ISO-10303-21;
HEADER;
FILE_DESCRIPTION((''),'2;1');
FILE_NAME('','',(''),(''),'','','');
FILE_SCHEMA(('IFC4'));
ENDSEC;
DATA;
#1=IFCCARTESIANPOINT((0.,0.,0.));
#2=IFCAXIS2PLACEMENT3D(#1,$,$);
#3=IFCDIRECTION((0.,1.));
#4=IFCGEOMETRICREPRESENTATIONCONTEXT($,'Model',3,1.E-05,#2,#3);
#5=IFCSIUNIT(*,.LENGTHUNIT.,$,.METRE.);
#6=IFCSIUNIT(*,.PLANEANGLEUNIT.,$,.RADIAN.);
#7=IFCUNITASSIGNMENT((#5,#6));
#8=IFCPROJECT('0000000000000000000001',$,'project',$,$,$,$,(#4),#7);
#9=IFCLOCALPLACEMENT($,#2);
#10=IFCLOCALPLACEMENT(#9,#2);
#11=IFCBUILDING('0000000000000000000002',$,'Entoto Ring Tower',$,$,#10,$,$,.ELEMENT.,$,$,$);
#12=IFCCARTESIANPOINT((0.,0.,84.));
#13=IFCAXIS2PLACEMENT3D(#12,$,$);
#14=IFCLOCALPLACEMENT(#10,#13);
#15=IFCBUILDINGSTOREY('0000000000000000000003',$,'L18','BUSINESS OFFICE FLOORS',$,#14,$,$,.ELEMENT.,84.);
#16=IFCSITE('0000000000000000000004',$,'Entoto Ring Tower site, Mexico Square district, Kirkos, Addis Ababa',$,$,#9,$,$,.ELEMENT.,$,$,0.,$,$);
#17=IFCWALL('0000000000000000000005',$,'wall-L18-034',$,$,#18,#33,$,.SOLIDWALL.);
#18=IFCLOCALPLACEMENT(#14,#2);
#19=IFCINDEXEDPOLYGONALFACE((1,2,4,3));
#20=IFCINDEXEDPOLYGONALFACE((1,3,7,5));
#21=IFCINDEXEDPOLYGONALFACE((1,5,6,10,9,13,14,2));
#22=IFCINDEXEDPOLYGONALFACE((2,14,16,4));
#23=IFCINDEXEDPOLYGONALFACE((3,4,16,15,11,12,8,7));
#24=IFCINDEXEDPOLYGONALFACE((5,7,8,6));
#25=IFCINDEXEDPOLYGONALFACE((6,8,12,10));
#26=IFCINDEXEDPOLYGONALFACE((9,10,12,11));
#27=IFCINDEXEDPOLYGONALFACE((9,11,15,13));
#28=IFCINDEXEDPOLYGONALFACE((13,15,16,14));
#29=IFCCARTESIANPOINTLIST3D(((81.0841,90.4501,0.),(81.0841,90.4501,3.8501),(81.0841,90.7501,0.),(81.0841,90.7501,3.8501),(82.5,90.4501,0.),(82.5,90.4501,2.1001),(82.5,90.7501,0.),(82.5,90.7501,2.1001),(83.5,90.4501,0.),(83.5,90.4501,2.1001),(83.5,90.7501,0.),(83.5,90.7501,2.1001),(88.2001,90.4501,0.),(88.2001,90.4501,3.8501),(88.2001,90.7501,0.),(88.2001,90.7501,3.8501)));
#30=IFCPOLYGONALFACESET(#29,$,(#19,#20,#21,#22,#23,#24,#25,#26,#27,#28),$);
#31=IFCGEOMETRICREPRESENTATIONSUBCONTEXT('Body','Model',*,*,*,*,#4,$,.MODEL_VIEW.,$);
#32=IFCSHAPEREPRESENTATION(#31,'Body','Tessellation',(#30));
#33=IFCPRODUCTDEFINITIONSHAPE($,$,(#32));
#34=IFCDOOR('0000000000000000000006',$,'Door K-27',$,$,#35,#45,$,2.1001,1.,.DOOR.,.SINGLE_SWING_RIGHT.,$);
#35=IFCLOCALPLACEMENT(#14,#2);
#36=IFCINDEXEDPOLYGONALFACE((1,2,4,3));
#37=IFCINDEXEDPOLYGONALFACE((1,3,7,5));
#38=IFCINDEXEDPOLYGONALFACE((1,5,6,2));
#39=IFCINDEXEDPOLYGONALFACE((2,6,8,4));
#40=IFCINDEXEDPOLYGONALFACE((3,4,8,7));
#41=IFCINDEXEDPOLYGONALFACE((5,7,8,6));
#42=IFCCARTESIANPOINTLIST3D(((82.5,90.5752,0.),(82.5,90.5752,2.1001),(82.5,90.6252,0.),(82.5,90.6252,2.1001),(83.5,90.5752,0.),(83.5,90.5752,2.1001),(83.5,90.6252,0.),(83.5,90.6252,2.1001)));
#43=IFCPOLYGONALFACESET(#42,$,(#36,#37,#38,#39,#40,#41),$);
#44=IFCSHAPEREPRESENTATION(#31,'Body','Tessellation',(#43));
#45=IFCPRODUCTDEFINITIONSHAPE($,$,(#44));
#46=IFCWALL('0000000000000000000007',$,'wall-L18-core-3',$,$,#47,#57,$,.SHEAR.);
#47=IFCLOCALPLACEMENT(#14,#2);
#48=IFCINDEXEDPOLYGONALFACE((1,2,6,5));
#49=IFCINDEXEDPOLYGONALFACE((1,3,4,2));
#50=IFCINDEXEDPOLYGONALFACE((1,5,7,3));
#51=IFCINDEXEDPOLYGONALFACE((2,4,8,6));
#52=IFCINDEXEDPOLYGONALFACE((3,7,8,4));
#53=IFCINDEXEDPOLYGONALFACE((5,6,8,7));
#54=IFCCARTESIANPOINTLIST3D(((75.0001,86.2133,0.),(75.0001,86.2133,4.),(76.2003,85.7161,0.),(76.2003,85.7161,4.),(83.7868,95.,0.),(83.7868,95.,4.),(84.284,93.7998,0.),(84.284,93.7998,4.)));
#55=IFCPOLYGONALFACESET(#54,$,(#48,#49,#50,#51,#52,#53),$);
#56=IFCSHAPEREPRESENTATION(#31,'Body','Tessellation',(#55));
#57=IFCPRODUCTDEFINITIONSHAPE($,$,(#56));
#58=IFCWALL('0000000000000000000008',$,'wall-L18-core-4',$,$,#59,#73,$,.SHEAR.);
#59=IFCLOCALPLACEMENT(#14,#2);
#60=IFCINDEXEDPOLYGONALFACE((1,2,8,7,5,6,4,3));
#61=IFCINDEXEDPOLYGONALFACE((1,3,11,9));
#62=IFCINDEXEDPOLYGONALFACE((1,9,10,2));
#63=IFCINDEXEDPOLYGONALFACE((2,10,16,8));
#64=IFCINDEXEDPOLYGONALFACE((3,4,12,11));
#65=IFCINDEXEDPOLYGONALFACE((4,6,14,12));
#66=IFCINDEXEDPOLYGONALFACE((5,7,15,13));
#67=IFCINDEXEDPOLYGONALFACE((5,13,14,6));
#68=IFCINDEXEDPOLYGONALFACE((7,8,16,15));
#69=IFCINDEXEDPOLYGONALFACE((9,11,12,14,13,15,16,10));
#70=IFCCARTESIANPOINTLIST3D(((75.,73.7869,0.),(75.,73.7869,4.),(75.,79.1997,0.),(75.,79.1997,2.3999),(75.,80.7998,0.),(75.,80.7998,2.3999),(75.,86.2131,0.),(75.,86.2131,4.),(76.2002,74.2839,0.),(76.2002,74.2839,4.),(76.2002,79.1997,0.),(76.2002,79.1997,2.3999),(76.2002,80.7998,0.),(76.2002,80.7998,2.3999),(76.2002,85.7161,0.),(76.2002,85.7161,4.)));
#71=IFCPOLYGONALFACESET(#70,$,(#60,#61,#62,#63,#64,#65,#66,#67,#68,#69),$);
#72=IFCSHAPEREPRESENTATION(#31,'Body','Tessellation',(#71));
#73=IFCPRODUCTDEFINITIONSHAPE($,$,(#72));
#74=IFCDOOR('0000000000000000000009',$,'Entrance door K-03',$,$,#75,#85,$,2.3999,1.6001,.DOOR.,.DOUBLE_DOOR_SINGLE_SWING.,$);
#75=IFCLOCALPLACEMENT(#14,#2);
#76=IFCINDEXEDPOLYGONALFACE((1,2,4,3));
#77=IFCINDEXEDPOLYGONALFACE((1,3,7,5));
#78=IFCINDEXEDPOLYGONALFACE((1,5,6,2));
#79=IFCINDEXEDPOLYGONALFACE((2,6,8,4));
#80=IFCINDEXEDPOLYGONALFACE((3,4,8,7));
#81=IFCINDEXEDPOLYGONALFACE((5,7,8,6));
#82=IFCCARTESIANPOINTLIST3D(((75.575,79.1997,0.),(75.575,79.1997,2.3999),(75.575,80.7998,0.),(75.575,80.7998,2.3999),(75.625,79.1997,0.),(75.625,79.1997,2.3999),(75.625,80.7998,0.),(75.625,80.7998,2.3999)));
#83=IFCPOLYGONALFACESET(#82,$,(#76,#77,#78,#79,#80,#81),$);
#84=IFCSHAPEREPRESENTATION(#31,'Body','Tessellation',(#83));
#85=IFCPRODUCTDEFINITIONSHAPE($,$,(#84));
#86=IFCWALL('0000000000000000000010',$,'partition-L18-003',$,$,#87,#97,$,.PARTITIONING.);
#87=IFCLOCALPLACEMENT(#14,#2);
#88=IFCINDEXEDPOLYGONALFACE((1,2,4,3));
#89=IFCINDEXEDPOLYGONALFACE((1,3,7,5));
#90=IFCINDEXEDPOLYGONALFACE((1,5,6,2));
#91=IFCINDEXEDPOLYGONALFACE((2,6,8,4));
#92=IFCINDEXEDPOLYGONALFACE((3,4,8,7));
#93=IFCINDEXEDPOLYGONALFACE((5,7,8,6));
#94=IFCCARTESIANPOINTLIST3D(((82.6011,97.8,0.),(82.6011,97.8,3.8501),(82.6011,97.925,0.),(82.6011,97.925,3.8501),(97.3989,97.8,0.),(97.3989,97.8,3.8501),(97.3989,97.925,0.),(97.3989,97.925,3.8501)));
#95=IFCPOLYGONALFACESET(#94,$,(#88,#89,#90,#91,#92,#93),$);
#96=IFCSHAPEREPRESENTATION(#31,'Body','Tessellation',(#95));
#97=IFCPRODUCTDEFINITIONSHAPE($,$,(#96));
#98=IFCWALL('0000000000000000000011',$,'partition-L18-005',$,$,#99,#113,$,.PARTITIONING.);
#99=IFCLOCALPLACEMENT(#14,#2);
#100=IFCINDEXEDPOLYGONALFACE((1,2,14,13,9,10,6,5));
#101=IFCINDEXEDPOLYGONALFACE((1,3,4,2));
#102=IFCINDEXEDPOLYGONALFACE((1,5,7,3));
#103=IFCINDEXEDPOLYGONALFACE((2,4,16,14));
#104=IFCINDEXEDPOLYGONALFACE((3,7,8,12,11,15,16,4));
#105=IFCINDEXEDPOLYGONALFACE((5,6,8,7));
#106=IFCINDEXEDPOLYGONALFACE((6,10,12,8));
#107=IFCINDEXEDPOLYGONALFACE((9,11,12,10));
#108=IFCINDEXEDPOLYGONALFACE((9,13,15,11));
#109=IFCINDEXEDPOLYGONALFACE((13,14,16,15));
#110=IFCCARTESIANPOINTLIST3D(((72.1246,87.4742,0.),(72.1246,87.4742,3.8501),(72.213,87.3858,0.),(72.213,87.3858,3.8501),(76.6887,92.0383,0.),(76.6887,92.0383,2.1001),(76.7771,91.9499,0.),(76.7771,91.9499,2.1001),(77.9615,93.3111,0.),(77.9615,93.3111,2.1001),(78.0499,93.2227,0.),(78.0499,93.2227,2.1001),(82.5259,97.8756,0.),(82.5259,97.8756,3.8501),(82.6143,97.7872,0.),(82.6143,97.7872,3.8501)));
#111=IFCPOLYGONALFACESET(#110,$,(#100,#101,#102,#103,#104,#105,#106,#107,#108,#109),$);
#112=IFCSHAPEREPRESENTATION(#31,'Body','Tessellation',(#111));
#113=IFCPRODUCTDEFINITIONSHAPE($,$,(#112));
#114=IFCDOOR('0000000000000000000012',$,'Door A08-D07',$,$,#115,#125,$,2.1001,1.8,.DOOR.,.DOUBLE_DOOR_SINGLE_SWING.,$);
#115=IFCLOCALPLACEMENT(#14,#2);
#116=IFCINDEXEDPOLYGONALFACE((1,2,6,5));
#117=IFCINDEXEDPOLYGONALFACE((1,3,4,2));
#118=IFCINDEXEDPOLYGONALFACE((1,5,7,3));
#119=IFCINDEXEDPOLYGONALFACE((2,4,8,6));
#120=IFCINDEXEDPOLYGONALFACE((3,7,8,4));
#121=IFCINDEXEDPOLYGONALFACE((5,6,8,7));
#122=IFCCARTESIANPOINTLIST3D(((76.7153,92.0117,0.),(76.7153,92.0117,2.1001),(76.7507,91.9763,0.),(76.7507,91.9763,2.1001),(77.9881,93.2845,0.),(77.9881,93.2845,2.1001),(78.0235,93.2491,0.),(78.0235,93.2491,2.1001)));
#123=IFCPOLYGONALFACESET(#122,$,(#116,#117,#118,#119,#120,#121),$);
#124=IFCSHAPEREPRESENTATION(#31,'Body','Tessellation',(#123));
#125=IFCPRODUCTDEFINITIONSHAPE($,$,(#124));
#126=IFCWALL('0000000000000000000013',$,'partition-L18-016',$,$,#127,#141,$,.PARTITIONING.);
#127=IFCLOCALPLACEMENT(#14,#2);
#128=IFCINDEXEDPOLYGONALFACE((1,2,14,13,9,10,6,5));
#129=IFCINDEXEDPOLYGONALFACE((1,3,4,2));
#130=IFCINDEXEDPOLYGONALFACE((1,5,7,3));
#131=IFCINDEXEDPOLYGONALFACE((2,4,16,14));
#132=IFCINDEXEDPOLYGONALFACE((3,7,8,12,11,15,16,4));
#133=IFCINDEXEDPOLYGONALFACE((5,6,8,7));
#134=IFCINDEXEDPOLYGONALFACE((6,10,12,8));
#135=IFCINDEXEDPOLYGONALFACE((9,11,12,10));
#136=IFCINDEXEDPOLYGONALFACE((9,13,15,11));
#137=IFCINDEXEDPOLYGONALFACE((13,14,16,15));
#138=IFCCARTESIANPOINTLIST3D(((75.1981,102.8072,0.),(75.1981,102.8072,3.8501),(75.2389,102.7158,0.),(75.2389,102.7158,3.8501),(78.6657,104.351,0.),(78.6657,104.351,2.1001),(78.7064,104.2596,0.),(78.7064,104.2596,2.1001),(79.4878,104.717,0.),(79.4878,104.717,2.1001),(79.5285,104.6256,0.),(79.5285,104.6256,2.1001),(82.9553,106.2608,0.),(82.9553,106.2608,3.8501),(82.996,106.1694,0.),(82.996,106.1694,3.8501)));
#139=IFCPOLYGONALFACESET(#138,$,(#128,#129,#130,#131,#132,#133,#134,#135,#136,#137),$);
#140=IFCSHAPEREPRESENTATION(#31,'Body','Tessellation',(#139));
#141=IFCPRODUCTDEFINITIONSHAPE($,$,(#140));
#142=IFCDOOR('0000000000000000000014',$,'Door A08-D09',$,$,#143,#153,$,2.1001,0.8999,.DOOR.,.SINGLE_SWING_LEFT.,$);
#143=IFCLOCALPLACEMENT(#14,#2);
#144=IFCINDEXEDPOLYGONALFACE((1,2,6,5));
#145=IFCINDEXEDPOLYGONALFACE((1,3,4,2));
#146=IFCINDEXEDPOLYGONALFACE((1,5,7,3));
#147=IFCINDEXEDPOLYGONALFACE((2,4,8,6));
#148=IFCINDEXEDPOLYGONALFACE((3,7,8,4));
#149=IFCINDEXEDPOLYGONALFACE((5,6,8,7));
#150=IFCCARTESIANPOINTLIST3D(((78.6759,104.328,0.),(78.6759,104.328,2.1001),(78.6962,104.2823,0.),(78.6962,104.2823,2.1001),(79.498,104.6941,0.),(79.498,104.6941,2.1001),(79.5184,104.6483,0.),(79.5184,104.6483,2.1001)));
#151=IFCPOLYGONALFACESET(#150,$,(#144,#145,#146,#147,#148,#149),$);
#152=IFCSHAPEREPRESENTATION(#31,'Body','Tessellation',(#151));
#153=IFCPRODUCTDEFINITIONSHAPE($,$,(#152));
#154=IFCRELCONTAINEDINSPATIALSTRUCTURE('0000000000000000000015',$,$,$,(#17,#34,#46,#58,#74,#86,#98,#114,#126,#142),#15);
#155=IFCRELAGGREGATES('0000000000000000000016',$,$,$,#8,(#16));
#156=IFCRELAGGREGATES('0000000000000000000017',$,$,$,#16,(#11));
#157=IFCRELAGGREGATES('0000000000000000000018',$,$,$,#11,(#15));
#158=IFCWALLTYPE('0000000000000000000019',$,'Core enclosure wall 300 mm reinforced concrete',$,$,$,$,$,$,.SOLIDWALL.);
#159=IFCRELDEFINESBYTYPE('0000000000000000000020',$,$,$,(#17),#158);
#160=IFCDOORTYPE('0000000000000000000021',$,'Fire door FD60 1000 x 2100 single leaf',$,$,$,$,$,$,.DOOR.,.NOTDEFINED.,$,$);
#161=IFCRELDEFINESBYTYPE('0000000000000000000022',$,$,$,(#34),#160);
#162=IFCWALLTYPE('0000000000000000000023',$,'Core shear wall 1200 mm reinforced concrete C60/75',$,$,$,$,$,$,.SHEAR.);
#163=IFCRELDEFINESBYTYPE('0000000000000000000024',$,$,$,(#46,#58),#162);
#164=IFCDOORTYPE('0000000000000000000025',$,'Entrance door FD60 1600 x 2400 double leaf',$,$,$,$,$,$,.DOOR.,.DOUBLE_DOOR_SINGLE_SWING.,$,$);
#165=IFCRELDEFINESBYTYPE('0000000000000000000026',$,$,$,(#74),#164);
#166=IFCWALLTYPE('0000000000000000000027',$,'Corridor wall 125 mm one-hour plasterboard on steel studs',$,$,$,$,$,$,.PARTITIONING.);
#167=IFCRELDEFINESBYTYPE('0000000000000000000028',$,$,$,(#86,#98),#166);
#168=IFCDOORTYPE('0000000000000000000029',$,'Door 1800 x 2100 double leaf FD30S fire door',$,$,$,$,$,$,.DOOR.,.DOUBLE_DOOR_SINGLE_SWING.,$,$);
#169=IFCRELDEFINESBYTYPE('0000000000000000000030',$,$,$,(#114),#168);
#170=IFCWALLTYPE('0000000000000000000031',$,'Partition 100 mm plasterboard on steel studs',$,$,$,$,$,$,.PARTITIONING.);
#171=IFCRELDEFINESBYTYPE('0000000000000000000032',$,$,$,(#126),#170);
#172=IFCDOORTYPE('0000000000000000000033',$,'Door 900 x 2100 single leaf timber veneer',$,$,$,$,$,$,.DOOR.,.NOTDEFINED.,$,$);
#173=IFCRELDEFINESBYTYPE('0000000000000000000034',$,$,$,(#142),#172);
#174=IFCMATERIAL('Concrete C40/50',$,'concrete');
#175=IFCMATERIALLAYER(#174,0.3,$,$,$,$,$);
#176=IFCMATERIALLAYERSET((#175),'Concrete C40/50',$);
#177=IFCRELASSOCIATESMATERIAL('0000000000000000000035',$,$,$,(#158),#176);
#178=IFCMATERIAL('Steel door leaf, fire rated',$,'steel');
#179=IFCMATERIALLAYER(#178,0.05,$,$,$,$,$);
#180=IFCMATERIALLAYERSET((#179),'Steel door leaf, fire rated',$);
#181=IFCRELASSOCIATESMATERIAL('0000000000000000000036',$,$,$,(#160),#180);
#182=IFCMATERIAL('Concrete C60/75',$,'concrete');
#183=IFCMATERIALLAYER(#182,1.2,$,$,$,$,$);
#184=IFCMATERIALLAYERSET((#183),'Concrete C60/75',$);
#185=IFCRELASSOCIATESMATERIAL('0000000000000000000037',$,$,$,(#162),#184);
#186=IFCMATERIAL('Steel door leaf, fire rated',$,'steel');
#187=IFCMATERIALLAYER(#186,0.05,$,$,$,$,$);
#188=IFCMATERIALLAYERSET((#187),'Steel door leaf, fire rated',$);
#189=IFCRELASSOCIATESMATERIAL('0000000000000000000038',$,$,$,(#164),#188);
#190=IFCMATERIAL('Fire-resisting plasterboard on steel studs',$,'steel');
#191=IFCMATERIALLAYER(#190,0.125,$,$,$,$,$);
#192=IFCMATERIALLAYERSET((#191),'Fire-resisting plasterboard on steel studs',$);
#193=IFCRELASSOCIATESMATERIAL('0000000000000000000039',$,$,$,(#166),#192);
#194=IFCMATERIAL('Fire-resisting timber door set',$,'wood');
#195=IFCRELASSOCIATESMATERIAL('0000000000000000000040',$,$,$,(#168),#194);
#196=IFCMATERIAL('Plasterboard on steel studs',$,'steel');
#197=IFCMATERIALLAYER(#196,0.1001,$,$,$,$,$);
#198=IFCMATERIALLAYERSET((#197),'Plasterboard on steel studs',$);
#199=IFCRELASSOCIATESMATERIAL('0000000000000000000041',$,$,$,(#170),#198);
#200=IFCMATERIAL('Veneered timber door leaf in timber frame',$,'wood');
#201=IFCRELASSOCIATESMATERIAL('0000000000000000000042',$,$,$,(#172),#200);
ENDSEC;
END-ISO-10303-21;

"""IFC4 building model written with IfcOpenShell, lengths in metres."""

from ifc_helpers import new_model, si_unit, direction, frame, frame_2d, origin, place, context, subcontext, project, spatial, polyline, rectangle, outline, extrude, material, layer, layer_set, type_object, element, fill, save


model = new_model("IFC4")

# Units and contexts
model_context = context("Model", 3, precision=1e-05, world=origin(), true_north=direction((0.0, 1.0)))
body_context = subcontext(model_context, "Body", "Model", "MODEL_VIEW")
ifc_project = project(units=[si_unit("LENGTHUNIT", "METRE"), si_unit("PLANEANGLEUNIT", "RADIAN")], contexts=[model_context])

# Site, building, storey
site_placement = place(None, origin())
site = spatial("IfcSite", under=ifc_project, at=site_placement, Name="Entoto Ring Tower site, Mexico Square district, Kirkos, Addis Ababa", CompositionType="ELEMENT", RefElevation=0.0)
building_placement = place(site_placement, origin())
building = spatial("IfcBuilding", under=site, at=building_placement, Name="Entoto Ring Tower", CompositionType="ELEMENT")
storey_placement = place(building_placement, frame((0.0, 0.0, 84.0)))
storey = spatial("IfcBuildingStorey", under=building, at=storey_placement, Name="L18", Description="BUSINESS OFFICE FLOORS", CompositionType="ELEMENT", Elevation=84.0)

# Wall, opening, door
ifc_material_1 = material(Name="Concrete C40/50", Category="concrete")
ifc_layer_1 = layer(ifc_material_1, 0.3)
ifc_layer_set_1 = layer_set([ifc_layer_1], Name="Concrete C40/50")
wall_type_1 = type_object("IfcWallType", Name="Core enclosure wall 300 mm reinforced concrete", PredefinedType="SOLIDWALL", material=ifc_layer_set_1)
wall_1_placement = place(storey_placement, frame((81.084, 90.6001, 0.0), z_axis=(0.0, 0.0, 1.0), x_axis=(1.0, 0.0, 0.0)))
wall_1 = element("IfcWall", 1, at=wall_1_placement, inside=storey, type_object=wall_type_1, Name="wall-L18-034", PredefinedType="SOLIDWALL", context=body_context, shape_type="SweptSolid", body=[
    extrude(rectangle(XDim=7.116, YDim=0.3, at=frame_2d((3.5581, 0.0))), origin(), (0.0, 0.0, 1.0), 3.8501),
])
opening_1_placement = place(wall_1_placement, frame((1.416, 0.0, 0.0)))
opening_1 = element("IfcOpeningElement", 2, at=opening_1_placement, cuts=wall_1, PredefinedType="OPENING", context=body_context, shape_type="SweptSolid", body=[
    extrude(rectangle(XDim=1.0, YDim=2.1001, at=frame_2d((0.5, 1.05))), frame((0.0, 0.1602, 0.0), z_axis=(0.0, -1.0, 0.0), x_axis=(1.0, 0.0, 0.0)), (0.0, 0.0, 1.0), 0.3201),
])
ifc_material_2 = material(Name="Steel door leaf, fire rated", Category="steel")
ifc_layer_2 = layer(ifc_material_2, 0.05)
ifc_layer_set_2 = layer_set([ifc_layer_2], Name="Steel door leaf, fire rated")
door_type_1 = type_object("IfcDoorType", Name="Fire door FD60 1000 x 2100 single leaf", OperationType="NOTDEFINED", PredefinedType="DOOR", material=ifc_layer_set_2)
door_1_placement = place(opening_1_placement, frame((1.0, 0.0, 0.0), z_axis=(0.0, 0.0, 1.0), x_axis=(-1.0, 0.0, 0.0)))
door_1 = element("IfcDoor", 3, at=door_1_placement, inside=storey, type_object=door_type_1, Name="Door K-27", OperationType="SINGLE_SWING_RIGHT", OverallHeight=2.1001, OverallWidth=1.0, PredefinedType="DOOR", context=body_context, shape_type="SweptSolid", body=[
    extrude(rectangle(XDim=1.0, YDim=2.1001, at=frame_2d((0.5, 1.05))), frame((0.0, 0.0249, 0.0), z_axis=(0.0, -1.0, 0.0), x_axis=(1.0, 0.0, 0.0)), (0.0, 0.0, 1.0), 0.05),
])
fill(opening_1, door_1)

# Wall
ifc_material_3 = material(Name="Concrete C60/75", Category="concrete")
ifc_layer_3 = layer(ifc_material_3, 1.2)
ifc_layer_set_3 = layer_set([ifc_layer_3], Name="Concrete C60/75")
wall_type_2 = type_object("IfcWallType", Name="Core shear wall 1200 mm reinforced concrete C60/75", PredefinedType="SHEAR", material=ifc_layer_set_3)
wall_2_placement = place(storey_placement, frame((84.0354, 94.3999, 0.0), z_axis=(0.0, 0.0, 1.0), x_axis=(-0.707107, -0.707107, 0.0)))
element("IfcWall", 4, at=wall_2_placement, inside=storey, type_object=wall_type_2, Name="wall-L18-core-3", PredefinedType="SHEAR", context=body_context, shape_type="SweptSolid", body=[
    extrude(outline(polyline([(-0.2485, -0.6001), (12.1777, -0.6001), (11.6807, 0.6001), (0.2485, 0.6001), (-0.2485, -0.6001)])), origin(), (0.0, 0.0, 1.0), 4.0),
])

# Wall, opening, door
wall_3_placement = place(storey_placement, frame((75.6001, 85.9646, 0.0), z_axis=(0.0, 0.0, 1.0), x_axis=(0.0, -1.0, 0.0)))
wall_3 = element("IfcWall", 5, at=wall_3_placement, inside=storey, type_object=wall_type_2, Name="wall-L18-core-4", PredefinedType="SHEAR", context=body_context, shape_type="SweptSolid", body=[
    extrude(outline(polyline([(-0.2485, -0.6001), (12.1777, -0.6001), (11.6807, 0.6001), (0.2485, 0.6001), (-0.2485, -0.6001)])), origin(), (0.0, 0.0, 1.0), 4.0),
])
opening_2_placement = place(wall_3_placement, frame((5.1648, 0.0, 0.0)))
opening_2 = element("IfcOpeningElement", 6, at=opening_2_placement, cuts=wall_3, PredefinedType="OPENING", context=body_context, shape_type="SweptSolid", body=[
    extrude(rectangle(XDim=1.6001, YDim=2.3999, at=frame_2d((0.8, 1.2))), frame((0.0, 0.6099, 0.0), z_axis=(0.0, -1.0, 0.0), x_axis=(1.0, 0.0, 0.0)), (0.0, 0.0, 1.0), 1.22),
])
ifc_material_4 = material(Name="Steel door leaf, fire rated", Category="steel")
ifc_layer_4 = layer(ifc_material_4, 0.05)
ifc_layer_set_4 = layer_set([ifc_layer_4], Name="Steel door leaf, fire rated")
door_type_2 = type_object("IfcDoorType", Name="Entrance door FD60 1600 x 2400 double leaf", OperationType="DOUBLE_DOOR_SINGLE_SWING", PredefinedType="DOOR", material=ifc_layer_set_4)
door_2_placement = place(opening_2_placement, origin())
door_2 = element("IfcDoor", 7, at=door_2_placement, inside=storey, type_object=door_type_2, Name="Entrance door K-03", OperationType="DOUBLE_DOOR_SINGLE_SWING", OverallHeight=2.3999, OverallWidth=1.6001, PredefinedType="DOOR", context=body_context, shape_type="SweptSolid", body=[
    extrude(rectangle(XDim=1.6001, YDim=2.3999, at=frame_2d((0.8, 1.2))), frame((0.0, 0.0249, 0.0), z_axis=(0.0, -1.0, 0.0), x_axis=(1.0, 0.0, 0.0)), (0.0, 0.0, 1.0), 0.05),
])
fill(opening_2, door_2)

# Wall
ifc_material_5 = material(Name="Fire-resisting plasterboard on steel studs", Category="steel")
ifc_layer_5 = layer(ifc_material_5, 0.125)
ifc_layer_set_5 = layer_set([ifc_layer_5], Name="Fire-resisting plasterboard on steel studs")
wall_type_3 = type_object("IfcWallType", Name="Corridor wall 125 mm one-hour plasterboard on steel studs", PredefinedType="PARTITIONING", material=ifc_layer_set_5)
wall_4_placement = place(storey_placement, frame((82.6011, 97.8625, 0.0), z_axis=(0.0, 0.0, 1.0), x_axis=(1.0, 0.0, 0.0)))
element("IfcWall", 8, at=wall_4_placement, inside=storey, type_object=wall_type_3, Name="partition-L18-003", PredefinedType="PARTITIONING", context=body_context, shape_type="SweptSolid", body=[
    extrude(rectangle(XDim=14.7979, YDim=0.125, at=frame_2d((7.3989, 0.0))), origin(), (0.0, 0.0, 1.0), 3.8501),
])

# Walls, openings, doors
wall_5_placement = place(storey_placement, frame((72.1687, 87.4299, 0.0), z_axis=(0.0, 0.0, 1.0), x_axis=(0.707107, 0.707107, 0.0)))
wall_5 = element("IfcWall", 9, at=wall_5_placement, inside=storey, type_object=wall_type_3, Name="partition-L18-005", PredefinedType="PARTITIONING", context=body_context, shape_type="SweptSolid", body=[
    extrude(rectangle(XDim=14.7097, YDim=0.125, at=frame_2d((7.355, 0.0))), origin(), (0.0, 0.0, 1.0), 3.8501),
])
opening_3_placement = place(wall_5_placement, frame((6.4548, 0.0, 0.0)))
opening_3 = element("IfcOpeningElement", 10, at=opening_3_placement, cuts=wall_5, PredefinedType="OPENING", context=body_context, shape_type="SweptSolid", body=[
    extrude(rectangle(XDim=1.8, YDim=2.1001, at=frame_2d((0.8999, 1.05))), frame((0.0, 0.0725, 0.0), z_axis=(0.0, -1.0, 0.0), x_axis=(1.0, 0.0, 0.0)), (0.0, 0.0, 1.0), 0.145),
])
ifc_material_6 = material(Name="Fire-resisting timber door set", Category="wood")
door_type_3 = type_object("IfcDoorType", Name="Door 1800 x 2100 double leaf FD30S fire door", OperationType="DOUBLE_DOOR_SINGLE_SWING", PredefinedType="DOOR", material=ifc_material_6)
door_3_placement = place(opening_3_placement, origin())
door_3 = element("IfcDoor", 11, at=door_3_placement, inside=storey, type_object=door_type_3, Name="Door A08-D07", OperationType="DOUBLE_DOOR_SINGLE_SWING", OverallHeight=2.1001, OverallWidth=1.8, PredefinedType="DOOR", context=body_context, shape_type="SweptSolid", body=[
    extrude(rectangle(XDim=1.8, YDim=2.1001, at=frame_2d((0.8999, 1.05))), frame((0.0, 0.0249, 0.0), z_axis=(0.0, -1.0, 0.0), x_axis=(1.0, 0.0, 0.0)), (0.0, 0.0, 1.0), 0.05),
])
fill(opening_3, door_3)
ifc_material_7 = material(Name="Plasterboard on steel studs", Category="steel")
ifc_layer_6 = layer(ifc_material_7, 0.1001)
ifc_layer_set_6 = layer_set([ifc_layer_6], Name="Plasterboard on steel studs")
wall_type_4 = type_object("IfcWallType", Name="Partition 100 mm plasterboard on steel studs", PredefinedType="PARTITIONING", material=ifc_layer_set_6)
wall_6_placement = place(storey_placement, frame((75.2185, 102.7615, 0.0), z_axis=(0.0, 0.0, 1.0), x_axis=(0.913548, 0.406731, 0.0)))
wall_6 = element("IfcWall", 12, at=wall_6_placement, inside=storey, type_object=wall_type_4, Name="partition-L18-016", PredefinedType="PARTITIONING", context=body_context, shape_type="SweptSolid", body=[
    extrude(rectangle(XDim=8.4912, YDim=0.1001, at=frame_2d((4.2456, 0.0))), origin(), (0.0, 0.0, 1.0), 3.8501),
])
opening_4_placement = place(wall_6_placement, frame((3.7957, 0.0, 0.0)))
opening_4 = element("IfcOpeningElement", 13, at=opening_4_placement, cuts=wall_6, PredefinedType="OPENING", context=body_context, shape_type="SweptSolid", body=[
    extrude(rectangle(XDim=0.8999, YDim=2.1001, at=frame_2d((0.45, 1.05))), frame((0.0, 0.0601, 0.0), z_axis=(0.0, -1.0, 0.0), x_axis=(1.0, 0.0, 0.0)), (0.0, 0.0, 1.0), 0.1201),
])
ifc_material_8 = material(Name="Veneered timber door leaf in timber frame", Category="wood")
door_type_4 = type_object("IfcDoorType", Name="Door 900 x 2100 single leaf timber veneer", OperationType="NOTDEFINED", PredefinedType="DOOR", material=ifc_material_8)
door_4_placement = place(opening_4_placement, origin())
door_4 = element("IfcDoor", 14, at=door_4_placement, inside=storey, type_object=door_type_4, Name="Door A08-D09", OperationType="SINGLE_SWING_LEFT", OverallHeight=2.1001, OverallWidth=0.8999, PredefinedType="DOOR", context=body_context, shape_type="SweptSolid", body=[
    extrude(rectangle(XDim=0.8999, YDim=2.1001, at=frame_2d((0.45, 1.05))), frame((0.0, 0.0249, 0.0), z_axis=(0.0, -1.0, 0.0), x_axis=(1.0, 0.0, 0.0)), (0.0, 0.0, 1.0), 0.05),
])
fill(opening_4, door_4)

save(model, "model.ifc")
